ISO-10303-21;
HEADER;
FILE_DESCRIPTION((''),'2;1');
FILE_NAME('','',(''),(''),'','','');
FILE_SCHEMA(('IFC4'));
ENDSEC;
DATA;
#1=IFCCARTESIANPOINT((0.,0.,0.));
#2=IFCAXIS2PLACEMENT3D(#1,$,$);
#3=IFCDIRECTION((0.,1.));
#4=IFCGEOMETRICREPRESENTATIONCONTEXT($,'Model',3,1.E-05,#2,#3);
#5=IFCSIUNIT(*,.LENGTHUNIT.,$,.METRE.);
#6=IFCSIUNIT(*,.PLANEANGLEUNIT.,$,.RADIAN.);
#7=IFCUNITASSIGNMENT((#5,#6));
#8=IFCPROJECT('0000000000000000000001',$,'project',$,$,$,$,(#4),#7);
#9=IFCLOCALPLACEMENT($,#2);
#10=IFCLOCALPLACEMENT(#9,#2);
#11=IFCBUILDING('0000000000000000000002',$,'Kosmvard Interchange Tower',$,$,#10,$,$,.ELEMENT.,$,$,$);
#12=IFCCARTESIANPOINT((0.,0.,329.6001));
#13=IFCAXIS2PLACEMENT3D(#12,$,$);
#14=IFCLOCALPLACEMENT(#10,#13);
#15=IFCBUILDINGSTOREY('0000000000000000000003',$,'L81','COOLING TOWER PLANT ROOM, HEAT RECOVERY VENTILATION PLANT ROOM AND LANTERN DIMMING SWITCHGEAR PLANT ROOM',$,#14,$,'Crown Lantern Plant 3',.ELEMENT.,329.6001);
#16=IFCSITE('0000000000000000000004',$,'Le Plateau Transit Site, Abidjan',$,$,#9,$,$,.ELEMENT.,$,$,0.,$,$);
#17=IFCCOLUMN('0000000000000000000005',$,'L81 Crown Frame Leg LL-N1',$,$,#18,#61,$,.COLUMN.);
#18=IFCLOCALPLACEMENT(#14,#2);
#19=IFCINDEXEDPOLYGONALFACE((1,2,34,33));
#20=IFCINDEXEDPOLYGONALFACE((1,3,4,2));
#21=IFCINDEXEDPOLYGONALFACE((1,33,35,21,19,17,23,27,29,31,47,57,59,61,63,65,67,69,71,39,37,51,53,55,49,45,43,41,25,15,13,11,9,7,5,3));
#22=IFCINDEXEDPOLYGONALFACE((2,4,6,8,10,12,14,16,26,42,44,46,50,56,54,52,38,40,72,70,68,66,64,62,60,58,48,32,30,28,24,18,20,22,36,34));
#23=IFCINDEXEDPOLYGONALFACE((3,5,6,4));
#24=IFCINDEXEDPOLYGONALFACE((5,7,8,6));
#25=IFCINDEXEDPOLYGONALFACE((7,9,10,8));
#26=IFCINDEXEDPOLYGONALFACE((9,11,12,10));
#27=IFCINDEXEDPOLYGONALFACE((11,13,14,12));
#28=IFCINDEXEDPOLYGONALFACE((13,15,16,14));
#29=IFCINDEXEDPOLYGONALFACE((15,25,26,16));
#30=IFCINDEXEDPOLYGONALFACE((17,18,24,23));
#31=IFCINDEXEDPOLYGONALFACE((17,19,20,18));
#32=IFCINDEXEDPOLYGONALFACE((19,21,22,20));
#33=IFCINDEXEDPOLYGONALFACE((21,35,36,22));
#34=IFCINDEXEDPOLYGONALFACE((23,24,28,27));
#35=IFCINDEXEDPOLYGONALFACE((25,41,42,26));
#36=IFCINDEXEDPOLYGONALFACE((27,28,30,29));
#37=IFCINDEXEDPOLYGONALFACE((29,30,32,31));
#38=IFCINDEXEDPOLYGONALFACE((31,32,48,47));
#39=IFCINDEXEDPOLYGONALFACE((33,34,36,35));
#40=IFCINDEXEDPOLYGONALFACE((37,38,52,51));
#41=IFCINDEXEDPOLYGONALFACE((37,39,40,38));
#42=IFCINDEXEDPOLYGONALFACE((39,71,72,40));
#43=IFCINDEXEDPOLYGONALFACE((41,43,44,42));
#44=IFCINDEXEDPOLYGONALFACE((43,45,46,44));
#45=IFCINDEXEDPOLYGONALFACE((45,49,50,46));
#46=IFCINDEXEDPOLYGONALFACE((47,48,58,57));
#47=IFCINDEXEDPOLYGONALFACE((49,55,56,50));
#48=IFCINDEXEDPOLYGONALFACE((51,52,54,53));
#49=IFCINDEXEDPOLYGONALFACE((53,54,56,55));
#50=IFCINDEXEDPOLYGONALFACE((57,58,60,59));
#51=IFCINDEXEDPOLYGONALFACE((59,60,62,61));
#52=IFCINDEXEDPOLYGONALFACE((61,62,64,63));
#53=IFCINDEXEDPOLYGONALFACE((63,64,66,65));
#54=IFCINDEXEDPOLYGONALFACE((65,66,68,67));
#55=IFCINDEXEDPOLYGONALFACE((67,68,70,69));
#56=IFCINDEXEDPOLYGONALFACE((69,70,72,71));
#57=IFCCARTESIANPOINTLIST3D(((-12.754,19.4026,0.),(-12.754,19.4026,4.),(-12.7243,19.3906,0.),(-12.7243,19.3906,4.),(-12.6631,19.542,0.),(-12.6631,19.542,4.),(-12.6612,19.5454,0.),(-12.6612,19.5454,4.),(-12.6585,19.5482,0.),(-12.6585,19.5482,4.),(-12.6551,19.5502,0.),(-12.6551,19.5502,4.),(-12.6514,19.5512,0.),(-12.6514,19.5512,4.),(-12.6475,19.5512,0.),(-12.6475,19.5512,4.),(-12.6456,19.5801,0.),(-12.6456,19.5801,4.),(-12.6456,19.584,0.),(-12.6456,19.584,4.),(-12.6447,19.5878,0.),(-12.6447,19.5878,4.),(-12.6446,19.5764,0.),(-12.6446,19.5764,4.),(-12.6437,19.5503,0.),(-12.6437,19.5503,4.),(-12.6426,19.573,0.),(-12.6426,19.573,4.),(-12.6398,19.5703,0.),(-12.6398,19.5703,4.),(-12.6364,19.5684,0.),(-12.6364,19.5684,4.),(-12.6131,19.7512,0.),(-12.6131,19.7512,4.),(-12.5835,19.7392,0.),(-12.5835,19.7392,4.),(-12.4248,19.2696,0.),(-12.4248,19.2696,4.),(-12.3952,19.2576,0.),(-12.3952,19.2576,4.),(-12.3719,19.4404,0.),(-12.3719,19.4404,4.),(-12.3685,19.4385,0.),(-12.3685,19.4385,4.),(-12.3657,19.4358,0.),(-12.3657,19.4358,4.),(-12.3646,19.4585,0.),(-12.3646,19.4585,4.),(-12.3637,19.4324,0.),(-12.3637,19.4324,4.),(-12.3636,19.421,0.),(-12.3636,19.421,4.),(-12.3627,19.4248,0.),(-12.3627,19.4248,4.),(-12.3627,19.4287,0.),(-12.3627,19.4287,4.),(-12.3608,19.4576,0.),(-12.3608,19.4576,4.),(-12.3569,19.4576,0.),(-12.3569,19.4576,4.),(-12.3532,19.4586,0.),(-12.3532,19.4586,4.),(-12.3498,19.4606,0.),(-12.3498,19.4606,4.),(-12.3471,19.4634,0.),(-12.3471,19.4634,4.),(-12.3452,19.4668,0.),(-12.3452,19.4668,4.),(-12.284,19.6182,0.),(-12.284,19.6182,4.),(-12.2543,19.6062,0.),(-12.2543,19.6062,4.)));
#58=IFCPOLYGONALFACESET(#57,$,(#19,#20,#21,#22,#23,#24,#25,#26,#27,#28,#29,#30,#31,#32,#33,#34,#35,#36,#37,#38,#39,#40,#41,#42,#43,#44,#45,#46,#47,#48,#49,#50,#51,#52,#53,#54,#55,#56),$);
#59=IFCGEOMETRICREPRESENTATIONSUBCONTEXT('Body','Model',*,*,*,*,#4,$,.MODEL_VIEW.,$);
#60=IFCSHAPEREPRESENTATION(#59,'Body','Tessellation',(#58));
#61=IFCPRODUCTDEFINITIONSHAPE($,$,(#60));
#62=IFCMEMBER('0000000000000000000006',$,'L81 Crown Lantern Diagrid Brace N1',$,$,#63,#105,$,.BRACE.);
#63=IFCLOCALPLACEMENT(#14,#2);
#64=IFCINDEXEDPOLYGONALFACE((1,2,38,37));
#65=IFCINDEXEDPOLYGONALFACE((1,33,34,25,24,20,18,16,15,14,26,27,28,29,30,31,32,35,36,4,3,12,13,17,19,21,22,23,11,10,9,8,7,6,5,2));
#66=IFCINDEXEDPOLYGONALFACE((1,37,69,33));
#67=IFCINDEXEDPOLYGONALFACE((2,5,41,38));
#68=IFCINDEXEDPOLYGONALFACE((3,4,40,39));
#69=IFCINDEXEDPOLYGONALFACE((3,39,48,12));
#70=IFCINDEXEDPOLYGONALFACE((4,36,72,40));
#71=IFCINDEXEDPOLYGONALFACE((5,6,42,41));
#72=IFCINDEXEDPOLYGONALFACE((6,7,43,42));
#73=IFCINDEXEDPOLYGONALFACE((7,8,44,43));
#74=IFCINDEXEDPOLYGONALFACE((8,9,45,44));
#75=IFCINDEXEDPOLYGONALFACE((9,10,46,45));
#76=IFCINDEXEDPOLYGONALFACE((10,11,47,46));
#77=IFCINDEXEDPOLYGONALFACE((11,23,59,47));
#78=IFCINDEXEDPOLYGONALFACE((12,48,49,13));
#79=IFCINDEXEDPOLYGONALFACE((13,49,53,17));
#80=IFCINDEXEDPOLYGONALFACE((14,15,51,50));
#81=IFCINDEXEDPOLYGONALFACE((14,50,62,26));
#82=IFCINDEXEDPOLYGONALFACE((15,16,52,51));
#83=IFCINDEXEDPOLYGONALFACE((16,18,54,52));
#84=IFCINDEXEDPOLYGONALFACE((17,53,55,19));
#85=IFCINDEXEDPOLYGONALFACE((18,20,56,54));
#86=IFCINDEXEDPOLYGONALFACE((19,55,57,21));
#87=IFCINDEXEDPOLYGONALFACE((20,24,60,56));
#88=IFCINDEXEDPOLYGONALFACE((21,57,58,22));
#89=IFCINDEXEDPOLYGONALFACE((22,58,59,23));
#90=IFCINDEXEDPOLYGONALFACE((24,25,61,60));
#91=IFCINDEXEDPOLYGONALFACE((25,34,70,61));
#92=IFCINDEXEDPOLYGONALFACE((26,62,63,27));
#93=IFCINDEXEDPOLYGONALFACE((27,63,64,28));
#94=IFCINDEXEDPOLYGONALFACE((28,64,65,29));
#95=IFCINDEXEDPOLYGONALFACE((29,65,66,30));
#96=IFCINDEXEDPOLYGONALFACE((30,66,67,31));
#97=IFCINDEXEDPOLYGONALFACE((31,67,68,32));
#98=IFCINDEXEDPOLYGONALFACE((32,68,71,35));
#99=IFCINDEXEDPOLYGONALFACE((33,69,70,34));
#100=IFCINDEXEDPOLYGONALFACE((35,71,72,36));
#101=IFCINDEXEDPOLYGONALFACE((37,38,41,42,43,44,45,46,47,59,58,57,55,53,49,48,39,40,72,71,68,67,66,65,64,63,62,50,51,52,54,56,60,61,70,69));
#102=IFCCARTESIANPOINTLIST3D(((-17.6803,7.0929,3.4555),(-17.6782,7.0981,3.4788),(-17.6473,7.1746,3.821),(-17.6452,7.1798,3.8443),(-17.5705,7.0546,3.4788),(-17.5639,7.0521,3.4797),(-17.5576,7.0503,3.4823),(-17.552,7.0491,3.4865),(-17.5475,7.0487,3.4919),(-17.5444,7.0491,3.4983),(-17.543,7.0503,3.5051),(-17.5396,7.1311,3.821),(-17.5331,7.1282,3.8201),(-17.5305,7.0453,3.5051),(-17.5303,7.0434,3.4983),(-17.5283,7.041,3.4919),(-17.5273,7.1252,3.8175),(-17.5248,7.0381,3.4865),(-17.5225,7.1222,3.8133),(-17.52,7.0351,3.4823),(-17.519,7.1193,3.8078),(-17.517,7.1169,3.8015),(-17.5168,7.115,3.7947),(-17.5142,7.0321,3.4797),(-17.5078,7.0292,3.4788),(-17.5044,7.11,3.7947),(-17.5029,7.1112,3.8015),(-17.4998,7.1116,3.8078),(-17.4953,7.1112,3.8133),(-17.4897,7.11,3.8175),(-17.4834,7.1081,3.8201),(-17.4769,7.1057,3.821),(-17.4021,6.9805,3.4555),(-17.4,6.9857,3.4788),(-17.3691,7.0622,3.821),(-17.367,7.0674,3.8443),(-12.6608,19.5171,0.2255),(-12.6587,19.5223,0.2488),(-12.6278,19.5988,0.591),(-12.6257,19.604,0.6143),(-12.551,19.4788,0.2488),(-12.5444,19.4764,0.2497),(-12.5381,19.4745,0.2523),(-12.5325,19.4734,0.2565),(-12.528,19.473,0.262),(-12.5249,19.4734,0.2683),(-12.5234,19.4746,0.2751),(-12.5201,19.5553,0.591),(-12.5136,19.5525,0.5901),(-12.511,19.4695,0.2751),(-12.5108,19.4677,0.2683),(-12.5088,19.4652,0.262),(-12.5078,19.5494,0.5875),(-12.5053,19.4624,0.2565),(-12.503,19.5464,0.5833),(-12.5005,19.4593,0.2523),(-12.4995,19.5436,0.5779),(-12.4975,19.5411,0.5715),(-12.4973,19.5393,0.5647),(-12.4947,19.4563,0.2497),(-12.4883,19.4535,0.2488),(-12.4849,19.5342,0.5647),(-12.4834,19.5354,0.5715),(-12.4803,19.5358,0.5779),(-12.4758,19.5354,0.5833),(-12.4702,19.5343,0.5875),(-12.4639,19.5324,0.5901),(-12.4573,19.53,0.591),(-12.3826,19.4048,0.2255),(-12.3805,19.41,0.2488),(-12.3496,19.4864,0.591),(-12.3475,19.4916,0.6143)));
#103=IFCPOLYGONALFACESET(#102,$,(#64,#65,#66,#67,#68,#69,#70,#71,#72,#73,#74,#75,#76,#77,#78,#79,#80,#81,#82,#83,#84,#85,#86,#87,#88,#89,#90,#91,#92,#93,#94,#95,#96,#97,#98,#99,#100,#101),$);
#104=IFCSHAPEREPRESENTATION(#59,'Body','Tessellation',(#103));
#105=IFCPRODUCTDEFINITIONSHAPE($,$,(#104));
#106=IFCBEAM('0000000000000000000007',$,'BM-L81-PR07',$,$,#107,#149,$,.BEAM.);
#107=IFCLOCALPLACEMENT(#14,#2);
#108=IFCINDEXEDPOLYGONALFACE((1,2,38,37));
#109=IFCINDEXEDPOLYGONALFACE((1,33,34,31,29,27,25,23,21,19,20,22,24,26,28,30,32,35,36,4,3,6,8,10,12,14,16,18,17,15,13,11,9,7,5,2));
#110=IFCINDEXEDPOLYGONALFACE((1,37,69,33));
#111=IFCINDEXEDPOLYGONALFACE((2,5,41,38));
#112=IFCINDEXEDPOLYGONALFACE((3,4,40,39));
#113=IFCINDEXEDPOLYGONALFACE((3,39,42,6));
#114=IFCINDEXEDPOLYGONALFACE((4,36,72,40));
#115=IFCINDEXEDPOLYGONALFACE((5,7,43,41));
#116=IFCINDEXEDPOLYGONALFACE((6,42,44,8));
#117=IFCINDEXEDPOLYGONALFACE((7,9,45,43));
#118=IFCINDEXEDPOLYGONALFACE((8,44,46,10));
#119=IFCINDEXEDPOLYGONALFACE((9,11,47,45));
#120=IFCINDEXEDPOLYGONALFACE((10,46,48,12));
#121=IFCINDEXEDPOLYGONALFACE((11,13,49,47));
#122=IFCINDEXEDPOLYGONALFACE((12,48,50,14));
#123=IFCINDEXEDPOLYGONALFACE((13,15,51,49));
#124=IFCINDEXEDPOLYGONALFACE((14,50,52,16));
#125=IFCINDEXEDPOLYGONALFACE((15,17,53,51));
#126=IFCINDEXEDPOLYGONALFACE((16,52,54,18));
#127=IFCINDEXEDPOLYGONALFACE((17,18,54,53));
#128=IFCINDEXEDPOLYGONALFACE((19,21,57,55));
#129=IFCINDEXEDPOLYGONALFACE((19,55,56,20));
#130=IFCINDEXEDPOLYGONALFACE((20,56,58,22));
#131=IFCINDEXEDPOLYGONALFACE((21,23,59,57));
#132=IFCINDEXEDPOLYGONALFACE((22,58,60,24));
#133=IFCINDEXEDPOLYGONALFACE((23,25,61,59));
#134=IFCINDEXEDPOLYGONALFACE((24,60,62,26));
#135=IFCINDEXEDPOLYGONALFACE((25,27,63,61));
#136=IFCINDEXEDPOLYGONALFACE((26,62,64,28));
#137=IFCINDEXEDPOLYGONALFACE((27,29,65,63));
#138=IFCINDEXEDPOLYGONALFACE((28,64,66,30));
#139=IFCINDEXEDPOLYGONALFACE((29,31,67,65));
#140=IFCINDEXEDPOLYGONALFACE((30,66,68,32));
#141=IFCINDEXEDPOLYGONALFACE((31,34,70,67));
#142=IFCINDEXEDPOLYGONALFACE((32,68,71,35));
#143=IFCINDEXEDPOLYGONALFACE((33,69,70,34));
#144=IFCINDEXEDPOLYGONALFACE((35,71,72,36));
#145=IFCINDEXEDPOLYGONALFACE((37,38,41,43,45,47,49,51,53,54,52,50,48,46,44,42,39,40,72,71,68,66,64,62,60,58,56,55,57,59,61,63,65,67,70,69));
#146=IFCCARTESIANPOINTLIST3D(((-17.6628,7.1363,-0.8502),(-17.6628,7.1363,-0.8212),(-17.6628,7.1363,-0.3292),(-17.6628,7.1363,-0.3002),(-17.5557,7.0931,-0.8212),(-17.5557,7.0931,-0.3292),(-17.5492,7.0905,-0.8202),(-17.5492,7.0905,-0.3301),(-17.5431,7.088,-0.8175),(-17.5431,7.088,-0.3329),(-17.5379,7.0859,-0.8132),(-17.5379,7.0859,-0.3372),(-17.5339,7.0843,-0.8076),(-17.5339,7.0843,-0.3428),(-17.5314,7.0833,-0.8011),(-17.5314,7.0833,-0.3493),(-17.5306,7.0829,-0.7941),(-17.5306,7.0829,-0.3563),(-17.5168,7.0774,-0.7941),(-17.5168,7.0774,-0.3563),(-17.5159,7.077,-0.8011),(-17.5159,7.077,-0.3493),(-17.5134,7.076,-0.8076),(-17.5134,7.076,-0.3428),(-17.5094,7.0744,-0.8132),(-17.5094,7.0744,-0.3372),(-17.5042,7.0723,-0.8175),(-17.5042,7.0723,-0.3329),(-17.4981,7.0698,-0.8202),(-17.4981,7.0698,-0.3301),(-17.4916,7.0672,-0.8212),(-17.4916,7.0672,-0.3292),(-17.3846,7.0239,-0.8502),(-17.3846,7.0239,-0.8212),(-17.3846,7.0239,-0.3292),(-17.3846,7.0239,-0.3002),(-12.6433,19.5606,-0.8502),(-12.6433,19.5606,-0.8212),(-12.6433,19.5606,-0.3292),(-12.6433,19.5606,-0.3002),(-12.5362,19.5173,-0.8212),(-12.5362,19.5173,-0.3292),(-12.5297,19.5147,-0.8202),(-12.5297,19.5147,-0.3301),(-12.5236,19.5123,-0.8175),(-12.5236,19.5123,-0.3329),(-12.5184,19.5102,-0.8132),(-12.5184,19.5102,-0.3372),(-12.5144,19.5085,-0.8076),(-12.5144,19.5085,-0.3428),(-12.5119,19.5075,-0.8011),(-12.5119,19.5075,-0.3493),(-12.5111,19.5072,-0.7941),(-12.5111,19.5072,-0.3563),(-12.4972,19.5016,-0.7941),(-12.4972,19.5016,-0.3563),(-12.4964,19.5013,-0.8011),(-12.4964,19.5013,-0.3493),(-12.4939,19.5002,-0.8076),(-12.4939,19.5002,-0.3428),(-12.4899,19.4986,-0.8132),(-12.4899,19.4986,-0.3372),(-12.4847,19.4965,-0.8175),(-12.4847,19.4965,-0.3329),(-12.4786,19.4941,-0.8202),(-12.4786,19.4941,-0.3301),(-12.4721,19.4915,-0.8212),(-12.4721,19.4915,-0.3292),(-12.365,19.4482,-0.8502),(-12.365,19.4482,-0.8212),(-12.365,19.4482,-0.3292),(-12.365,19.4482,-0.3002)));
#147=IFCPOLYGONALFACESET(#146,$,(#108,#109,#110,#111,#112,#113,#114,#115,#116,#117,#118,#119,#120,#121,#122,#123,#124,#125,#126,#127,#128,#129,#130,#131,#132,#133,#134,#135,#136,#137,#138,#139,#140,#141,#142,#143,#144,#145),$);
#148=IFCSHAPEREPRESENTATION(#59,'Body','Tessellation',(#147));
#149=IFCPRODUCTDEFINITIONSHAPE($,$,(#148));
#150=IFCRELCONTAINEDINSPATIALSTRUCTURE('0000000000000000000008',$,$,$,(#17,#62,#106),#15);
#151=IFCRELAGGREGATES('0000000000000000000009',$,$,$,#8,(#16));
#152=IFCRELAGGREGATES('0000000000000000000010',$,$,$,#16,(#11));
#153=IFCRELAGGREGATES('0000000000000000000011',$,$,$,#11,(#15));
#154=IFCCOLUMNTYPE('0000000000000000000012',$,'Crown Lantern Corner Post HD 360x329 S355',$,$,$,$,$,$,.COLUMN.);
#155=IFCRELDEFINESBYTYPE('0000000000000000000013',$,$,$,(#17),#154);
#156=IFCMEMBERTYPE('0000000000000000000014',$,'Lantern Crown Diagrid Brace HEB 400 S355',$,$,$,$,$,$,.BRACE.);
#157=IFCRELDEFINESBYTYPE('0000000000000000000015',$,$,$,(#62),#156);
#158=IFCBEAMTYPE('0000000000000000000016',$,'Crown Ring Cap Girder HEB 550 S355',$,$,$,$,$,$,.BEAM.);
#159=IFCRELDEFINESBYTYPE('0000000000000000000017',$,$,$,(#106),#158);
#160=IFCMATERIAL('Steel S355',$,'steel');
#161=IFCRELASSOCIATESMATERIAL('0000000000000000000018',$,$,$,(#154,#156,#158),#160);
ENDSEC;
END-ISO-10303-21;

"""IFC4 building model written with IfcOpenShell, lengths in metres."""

from ifc_helpers import new_model, si_unit, direction, frame, origin, origin_2d, place, context, subcontext, project, spatial, i_section, extrude, source, transform, mapped, material, material_profile, profile_set, type_object, element, save


model = new_model("IFC4")

# Units and contexts
model_context = context("Model", 3, precision=1e-05, world=origin(), true_north=direction((0.0, 1.0)))
body_context = subcontext(model_context, "Body", "Model", "MODEL_VIEW")
ifc_project = project(units=[si_unit("LENGTHUNIT", "METRE"), si_unit("PLANEANGLEUNIT", "RADIAN")], contexts=[model_context])

# Site, building, storey
site_placement = place(None, origin())
site = spatial("IfcSite", under=ifc_project, at=site_placement, Name="Le Plateau Transit Site, Abidjan", CompositionType="ELEMENT", RefElevation=0.0)
building_placement = place(site_placement, origin())
building = spatial("IfcBuilding", under=site, at=building_placement, Name="Kosmvard Interchange Tower", CompositionType="ELEMENT")
storey_placement = place(building_placement, frame((0.0, 0.0, 329.6001)))
storey = spatial("IfcBuildingStorey", under=building, at=storey_placement, Name="L81", Description="COOLING TOWER PLANT ROOM, HEAT RECOVERY VENTILATION PLANT ROOM AND LANTERN DIMMING SWITCHGEAR PLANT ROOM", LongName="Crown Lantern Plant 3", CompositionType="ELEMENT", Elevation=329.6001)

# Column
ifc_material_1 = material(Name="Steel S355", Category="steel")
ifc_material_profile_1 = material_profile(ifc_material_1, i_section(OverallWidth=0.376, OverallDepth=0.387, WebThickness=0.0195, FlangeThickness=0.032, FilletRadius=0.0149, at=origin_2d()), Name="HD 360x329")
ifc_profile_set_1 = profile_set([ifc_material_profile_1], Name="Steel S355")
column_type = type_object("IfcColumnType", Name="Crown Lantern Corner Post HD 360x329 S355", PredefinedType="COLUMN", material=ifc_profile_set_1)
shared_shape_1 = source(origin(), body_context, "Body", "SweptSolid", [
    extrude(i_section(OverallWidth=0.376, OverallDepth=0.387, WebThickness=0.0195, FlangeThickness=0.032, FilletRadius=0.0149, at=origin_2d()), origin(), (0.0, 0.0, 1.0), 4.0),
])
column_placement = place(storey_placement, frame((-12.5042, 19.5044, 0.0), z_axis=(0.0, 0.0, 1.0), x_axis=(0.374607, 0.927184, 0.0)))
element("IfcColumn", 1, at=column_placement, inside=storey, type_object=column_type, Name="L81 Crown Frame Leg LL-N1", PredefinedType="COLUMN", context=body_context, shape_type="MappedRepresentation", body=[
    mapped(shared_shape_1, transform((0.0, 0.0, 0.0), scale=1.0)),
])

# Member
ifc_material_profile_2 = material_profile(ifc_material_1, i_section(OverallWidth=0.3, OverallDepth=0.3999, WebThickness=0.0134, FlangeThickness=0.0239, FilletRadius=0.0271, at=origin_2d()), Name="HEB 400")
ifc_profile_set_2 = profile_set([ifc_material_profile_2], Name="Steel S355")
member_type_1 = type_object("IfcMemberType", Name="Lantern Crown Diagrid Brace HEB 400 S355", PredefinedType="BRACE", material=ifc_profile_set_2)
shared_shape_2 = source(origin(), body_context, "Body", "SweptSolid", [
    extrude(i_section(OverallWidth=0.3, OverallDepth=0.3999, WebThickness=0.0134, FlangeThickness=0.0239, FilletRadius=0.0271, at=origin_2d()), origin(), (0.0, 0.0, 1.0), 13.7837),
])
member_1_placement = place(storey_placement, frame((-12.5042, 19.5044, 0.4199), z_axis=(-0.364163, -0.901373, 0.234332), x_axis=(0.92719, -0.374593, 0.0)))
element("IfcMember", 2, at=member_1_placement, inside=storey, type_object=member_type_1, Name="L81 Crown Lantern Diagrid Brace N1", PredefinedType="BRACE", context=body_context, shape_type="MappedRepresentation", body=[
    mapped(shared_shape_2, transform((0.0, 0.0, 0.0), scale=1.0)),
])

# Beam
ifc_material_profile_3 = material_profile(ifc_material_1, i_section(OverallWidth=0.3, OverallDepth=0.55, WebThickness=0.0149, FlangeThickness=0.0291, FilletRadius=0.0271, at=origin_2d()), Name="HEB 550")
ifc_profile_set_3 = profile_set([ifc_material_profile_3], Name="Steel S355")
beam_type_1 = type_object("IfcBeamType", Name="Crown Ring Cap Girder HEB 550 S355", PredefinedType="BEAM", material=ifc_profile_set_3)
shared_shape_3 = source(origin(), body_context, "Body", "SweptSolid", [
    extrude(i_section(OverallWidth=0.3, OverallDepth=0.55, WebThickness=0.0149, FlangeThickness=0.0291, FilletRadius=0.0271, at=origin_2d()), origin(), (0.0, 0.0, 1.0), 13.3999),
])
beam_1_placement = place(storey_placement, frame((-12.5042, 19.5044, -0.5752), z_axis=(-0.374593, -0.92719, 0.0), x_axis=(0.92719, -0.374593, 0.0)))
element("IfcBeam", 3, at=beam_1_placement, inside=storey, type_object=beam_type_1, Name="BM-L81-PR07", PredefinedType="BEAM", context=body_context, shape_type="MappedRepresentation", body=[
    mapped(shared_shape_3, transform((0.0, 0.0, 0.0), scale=1.0)),
])

save(model, "model.ifc")
